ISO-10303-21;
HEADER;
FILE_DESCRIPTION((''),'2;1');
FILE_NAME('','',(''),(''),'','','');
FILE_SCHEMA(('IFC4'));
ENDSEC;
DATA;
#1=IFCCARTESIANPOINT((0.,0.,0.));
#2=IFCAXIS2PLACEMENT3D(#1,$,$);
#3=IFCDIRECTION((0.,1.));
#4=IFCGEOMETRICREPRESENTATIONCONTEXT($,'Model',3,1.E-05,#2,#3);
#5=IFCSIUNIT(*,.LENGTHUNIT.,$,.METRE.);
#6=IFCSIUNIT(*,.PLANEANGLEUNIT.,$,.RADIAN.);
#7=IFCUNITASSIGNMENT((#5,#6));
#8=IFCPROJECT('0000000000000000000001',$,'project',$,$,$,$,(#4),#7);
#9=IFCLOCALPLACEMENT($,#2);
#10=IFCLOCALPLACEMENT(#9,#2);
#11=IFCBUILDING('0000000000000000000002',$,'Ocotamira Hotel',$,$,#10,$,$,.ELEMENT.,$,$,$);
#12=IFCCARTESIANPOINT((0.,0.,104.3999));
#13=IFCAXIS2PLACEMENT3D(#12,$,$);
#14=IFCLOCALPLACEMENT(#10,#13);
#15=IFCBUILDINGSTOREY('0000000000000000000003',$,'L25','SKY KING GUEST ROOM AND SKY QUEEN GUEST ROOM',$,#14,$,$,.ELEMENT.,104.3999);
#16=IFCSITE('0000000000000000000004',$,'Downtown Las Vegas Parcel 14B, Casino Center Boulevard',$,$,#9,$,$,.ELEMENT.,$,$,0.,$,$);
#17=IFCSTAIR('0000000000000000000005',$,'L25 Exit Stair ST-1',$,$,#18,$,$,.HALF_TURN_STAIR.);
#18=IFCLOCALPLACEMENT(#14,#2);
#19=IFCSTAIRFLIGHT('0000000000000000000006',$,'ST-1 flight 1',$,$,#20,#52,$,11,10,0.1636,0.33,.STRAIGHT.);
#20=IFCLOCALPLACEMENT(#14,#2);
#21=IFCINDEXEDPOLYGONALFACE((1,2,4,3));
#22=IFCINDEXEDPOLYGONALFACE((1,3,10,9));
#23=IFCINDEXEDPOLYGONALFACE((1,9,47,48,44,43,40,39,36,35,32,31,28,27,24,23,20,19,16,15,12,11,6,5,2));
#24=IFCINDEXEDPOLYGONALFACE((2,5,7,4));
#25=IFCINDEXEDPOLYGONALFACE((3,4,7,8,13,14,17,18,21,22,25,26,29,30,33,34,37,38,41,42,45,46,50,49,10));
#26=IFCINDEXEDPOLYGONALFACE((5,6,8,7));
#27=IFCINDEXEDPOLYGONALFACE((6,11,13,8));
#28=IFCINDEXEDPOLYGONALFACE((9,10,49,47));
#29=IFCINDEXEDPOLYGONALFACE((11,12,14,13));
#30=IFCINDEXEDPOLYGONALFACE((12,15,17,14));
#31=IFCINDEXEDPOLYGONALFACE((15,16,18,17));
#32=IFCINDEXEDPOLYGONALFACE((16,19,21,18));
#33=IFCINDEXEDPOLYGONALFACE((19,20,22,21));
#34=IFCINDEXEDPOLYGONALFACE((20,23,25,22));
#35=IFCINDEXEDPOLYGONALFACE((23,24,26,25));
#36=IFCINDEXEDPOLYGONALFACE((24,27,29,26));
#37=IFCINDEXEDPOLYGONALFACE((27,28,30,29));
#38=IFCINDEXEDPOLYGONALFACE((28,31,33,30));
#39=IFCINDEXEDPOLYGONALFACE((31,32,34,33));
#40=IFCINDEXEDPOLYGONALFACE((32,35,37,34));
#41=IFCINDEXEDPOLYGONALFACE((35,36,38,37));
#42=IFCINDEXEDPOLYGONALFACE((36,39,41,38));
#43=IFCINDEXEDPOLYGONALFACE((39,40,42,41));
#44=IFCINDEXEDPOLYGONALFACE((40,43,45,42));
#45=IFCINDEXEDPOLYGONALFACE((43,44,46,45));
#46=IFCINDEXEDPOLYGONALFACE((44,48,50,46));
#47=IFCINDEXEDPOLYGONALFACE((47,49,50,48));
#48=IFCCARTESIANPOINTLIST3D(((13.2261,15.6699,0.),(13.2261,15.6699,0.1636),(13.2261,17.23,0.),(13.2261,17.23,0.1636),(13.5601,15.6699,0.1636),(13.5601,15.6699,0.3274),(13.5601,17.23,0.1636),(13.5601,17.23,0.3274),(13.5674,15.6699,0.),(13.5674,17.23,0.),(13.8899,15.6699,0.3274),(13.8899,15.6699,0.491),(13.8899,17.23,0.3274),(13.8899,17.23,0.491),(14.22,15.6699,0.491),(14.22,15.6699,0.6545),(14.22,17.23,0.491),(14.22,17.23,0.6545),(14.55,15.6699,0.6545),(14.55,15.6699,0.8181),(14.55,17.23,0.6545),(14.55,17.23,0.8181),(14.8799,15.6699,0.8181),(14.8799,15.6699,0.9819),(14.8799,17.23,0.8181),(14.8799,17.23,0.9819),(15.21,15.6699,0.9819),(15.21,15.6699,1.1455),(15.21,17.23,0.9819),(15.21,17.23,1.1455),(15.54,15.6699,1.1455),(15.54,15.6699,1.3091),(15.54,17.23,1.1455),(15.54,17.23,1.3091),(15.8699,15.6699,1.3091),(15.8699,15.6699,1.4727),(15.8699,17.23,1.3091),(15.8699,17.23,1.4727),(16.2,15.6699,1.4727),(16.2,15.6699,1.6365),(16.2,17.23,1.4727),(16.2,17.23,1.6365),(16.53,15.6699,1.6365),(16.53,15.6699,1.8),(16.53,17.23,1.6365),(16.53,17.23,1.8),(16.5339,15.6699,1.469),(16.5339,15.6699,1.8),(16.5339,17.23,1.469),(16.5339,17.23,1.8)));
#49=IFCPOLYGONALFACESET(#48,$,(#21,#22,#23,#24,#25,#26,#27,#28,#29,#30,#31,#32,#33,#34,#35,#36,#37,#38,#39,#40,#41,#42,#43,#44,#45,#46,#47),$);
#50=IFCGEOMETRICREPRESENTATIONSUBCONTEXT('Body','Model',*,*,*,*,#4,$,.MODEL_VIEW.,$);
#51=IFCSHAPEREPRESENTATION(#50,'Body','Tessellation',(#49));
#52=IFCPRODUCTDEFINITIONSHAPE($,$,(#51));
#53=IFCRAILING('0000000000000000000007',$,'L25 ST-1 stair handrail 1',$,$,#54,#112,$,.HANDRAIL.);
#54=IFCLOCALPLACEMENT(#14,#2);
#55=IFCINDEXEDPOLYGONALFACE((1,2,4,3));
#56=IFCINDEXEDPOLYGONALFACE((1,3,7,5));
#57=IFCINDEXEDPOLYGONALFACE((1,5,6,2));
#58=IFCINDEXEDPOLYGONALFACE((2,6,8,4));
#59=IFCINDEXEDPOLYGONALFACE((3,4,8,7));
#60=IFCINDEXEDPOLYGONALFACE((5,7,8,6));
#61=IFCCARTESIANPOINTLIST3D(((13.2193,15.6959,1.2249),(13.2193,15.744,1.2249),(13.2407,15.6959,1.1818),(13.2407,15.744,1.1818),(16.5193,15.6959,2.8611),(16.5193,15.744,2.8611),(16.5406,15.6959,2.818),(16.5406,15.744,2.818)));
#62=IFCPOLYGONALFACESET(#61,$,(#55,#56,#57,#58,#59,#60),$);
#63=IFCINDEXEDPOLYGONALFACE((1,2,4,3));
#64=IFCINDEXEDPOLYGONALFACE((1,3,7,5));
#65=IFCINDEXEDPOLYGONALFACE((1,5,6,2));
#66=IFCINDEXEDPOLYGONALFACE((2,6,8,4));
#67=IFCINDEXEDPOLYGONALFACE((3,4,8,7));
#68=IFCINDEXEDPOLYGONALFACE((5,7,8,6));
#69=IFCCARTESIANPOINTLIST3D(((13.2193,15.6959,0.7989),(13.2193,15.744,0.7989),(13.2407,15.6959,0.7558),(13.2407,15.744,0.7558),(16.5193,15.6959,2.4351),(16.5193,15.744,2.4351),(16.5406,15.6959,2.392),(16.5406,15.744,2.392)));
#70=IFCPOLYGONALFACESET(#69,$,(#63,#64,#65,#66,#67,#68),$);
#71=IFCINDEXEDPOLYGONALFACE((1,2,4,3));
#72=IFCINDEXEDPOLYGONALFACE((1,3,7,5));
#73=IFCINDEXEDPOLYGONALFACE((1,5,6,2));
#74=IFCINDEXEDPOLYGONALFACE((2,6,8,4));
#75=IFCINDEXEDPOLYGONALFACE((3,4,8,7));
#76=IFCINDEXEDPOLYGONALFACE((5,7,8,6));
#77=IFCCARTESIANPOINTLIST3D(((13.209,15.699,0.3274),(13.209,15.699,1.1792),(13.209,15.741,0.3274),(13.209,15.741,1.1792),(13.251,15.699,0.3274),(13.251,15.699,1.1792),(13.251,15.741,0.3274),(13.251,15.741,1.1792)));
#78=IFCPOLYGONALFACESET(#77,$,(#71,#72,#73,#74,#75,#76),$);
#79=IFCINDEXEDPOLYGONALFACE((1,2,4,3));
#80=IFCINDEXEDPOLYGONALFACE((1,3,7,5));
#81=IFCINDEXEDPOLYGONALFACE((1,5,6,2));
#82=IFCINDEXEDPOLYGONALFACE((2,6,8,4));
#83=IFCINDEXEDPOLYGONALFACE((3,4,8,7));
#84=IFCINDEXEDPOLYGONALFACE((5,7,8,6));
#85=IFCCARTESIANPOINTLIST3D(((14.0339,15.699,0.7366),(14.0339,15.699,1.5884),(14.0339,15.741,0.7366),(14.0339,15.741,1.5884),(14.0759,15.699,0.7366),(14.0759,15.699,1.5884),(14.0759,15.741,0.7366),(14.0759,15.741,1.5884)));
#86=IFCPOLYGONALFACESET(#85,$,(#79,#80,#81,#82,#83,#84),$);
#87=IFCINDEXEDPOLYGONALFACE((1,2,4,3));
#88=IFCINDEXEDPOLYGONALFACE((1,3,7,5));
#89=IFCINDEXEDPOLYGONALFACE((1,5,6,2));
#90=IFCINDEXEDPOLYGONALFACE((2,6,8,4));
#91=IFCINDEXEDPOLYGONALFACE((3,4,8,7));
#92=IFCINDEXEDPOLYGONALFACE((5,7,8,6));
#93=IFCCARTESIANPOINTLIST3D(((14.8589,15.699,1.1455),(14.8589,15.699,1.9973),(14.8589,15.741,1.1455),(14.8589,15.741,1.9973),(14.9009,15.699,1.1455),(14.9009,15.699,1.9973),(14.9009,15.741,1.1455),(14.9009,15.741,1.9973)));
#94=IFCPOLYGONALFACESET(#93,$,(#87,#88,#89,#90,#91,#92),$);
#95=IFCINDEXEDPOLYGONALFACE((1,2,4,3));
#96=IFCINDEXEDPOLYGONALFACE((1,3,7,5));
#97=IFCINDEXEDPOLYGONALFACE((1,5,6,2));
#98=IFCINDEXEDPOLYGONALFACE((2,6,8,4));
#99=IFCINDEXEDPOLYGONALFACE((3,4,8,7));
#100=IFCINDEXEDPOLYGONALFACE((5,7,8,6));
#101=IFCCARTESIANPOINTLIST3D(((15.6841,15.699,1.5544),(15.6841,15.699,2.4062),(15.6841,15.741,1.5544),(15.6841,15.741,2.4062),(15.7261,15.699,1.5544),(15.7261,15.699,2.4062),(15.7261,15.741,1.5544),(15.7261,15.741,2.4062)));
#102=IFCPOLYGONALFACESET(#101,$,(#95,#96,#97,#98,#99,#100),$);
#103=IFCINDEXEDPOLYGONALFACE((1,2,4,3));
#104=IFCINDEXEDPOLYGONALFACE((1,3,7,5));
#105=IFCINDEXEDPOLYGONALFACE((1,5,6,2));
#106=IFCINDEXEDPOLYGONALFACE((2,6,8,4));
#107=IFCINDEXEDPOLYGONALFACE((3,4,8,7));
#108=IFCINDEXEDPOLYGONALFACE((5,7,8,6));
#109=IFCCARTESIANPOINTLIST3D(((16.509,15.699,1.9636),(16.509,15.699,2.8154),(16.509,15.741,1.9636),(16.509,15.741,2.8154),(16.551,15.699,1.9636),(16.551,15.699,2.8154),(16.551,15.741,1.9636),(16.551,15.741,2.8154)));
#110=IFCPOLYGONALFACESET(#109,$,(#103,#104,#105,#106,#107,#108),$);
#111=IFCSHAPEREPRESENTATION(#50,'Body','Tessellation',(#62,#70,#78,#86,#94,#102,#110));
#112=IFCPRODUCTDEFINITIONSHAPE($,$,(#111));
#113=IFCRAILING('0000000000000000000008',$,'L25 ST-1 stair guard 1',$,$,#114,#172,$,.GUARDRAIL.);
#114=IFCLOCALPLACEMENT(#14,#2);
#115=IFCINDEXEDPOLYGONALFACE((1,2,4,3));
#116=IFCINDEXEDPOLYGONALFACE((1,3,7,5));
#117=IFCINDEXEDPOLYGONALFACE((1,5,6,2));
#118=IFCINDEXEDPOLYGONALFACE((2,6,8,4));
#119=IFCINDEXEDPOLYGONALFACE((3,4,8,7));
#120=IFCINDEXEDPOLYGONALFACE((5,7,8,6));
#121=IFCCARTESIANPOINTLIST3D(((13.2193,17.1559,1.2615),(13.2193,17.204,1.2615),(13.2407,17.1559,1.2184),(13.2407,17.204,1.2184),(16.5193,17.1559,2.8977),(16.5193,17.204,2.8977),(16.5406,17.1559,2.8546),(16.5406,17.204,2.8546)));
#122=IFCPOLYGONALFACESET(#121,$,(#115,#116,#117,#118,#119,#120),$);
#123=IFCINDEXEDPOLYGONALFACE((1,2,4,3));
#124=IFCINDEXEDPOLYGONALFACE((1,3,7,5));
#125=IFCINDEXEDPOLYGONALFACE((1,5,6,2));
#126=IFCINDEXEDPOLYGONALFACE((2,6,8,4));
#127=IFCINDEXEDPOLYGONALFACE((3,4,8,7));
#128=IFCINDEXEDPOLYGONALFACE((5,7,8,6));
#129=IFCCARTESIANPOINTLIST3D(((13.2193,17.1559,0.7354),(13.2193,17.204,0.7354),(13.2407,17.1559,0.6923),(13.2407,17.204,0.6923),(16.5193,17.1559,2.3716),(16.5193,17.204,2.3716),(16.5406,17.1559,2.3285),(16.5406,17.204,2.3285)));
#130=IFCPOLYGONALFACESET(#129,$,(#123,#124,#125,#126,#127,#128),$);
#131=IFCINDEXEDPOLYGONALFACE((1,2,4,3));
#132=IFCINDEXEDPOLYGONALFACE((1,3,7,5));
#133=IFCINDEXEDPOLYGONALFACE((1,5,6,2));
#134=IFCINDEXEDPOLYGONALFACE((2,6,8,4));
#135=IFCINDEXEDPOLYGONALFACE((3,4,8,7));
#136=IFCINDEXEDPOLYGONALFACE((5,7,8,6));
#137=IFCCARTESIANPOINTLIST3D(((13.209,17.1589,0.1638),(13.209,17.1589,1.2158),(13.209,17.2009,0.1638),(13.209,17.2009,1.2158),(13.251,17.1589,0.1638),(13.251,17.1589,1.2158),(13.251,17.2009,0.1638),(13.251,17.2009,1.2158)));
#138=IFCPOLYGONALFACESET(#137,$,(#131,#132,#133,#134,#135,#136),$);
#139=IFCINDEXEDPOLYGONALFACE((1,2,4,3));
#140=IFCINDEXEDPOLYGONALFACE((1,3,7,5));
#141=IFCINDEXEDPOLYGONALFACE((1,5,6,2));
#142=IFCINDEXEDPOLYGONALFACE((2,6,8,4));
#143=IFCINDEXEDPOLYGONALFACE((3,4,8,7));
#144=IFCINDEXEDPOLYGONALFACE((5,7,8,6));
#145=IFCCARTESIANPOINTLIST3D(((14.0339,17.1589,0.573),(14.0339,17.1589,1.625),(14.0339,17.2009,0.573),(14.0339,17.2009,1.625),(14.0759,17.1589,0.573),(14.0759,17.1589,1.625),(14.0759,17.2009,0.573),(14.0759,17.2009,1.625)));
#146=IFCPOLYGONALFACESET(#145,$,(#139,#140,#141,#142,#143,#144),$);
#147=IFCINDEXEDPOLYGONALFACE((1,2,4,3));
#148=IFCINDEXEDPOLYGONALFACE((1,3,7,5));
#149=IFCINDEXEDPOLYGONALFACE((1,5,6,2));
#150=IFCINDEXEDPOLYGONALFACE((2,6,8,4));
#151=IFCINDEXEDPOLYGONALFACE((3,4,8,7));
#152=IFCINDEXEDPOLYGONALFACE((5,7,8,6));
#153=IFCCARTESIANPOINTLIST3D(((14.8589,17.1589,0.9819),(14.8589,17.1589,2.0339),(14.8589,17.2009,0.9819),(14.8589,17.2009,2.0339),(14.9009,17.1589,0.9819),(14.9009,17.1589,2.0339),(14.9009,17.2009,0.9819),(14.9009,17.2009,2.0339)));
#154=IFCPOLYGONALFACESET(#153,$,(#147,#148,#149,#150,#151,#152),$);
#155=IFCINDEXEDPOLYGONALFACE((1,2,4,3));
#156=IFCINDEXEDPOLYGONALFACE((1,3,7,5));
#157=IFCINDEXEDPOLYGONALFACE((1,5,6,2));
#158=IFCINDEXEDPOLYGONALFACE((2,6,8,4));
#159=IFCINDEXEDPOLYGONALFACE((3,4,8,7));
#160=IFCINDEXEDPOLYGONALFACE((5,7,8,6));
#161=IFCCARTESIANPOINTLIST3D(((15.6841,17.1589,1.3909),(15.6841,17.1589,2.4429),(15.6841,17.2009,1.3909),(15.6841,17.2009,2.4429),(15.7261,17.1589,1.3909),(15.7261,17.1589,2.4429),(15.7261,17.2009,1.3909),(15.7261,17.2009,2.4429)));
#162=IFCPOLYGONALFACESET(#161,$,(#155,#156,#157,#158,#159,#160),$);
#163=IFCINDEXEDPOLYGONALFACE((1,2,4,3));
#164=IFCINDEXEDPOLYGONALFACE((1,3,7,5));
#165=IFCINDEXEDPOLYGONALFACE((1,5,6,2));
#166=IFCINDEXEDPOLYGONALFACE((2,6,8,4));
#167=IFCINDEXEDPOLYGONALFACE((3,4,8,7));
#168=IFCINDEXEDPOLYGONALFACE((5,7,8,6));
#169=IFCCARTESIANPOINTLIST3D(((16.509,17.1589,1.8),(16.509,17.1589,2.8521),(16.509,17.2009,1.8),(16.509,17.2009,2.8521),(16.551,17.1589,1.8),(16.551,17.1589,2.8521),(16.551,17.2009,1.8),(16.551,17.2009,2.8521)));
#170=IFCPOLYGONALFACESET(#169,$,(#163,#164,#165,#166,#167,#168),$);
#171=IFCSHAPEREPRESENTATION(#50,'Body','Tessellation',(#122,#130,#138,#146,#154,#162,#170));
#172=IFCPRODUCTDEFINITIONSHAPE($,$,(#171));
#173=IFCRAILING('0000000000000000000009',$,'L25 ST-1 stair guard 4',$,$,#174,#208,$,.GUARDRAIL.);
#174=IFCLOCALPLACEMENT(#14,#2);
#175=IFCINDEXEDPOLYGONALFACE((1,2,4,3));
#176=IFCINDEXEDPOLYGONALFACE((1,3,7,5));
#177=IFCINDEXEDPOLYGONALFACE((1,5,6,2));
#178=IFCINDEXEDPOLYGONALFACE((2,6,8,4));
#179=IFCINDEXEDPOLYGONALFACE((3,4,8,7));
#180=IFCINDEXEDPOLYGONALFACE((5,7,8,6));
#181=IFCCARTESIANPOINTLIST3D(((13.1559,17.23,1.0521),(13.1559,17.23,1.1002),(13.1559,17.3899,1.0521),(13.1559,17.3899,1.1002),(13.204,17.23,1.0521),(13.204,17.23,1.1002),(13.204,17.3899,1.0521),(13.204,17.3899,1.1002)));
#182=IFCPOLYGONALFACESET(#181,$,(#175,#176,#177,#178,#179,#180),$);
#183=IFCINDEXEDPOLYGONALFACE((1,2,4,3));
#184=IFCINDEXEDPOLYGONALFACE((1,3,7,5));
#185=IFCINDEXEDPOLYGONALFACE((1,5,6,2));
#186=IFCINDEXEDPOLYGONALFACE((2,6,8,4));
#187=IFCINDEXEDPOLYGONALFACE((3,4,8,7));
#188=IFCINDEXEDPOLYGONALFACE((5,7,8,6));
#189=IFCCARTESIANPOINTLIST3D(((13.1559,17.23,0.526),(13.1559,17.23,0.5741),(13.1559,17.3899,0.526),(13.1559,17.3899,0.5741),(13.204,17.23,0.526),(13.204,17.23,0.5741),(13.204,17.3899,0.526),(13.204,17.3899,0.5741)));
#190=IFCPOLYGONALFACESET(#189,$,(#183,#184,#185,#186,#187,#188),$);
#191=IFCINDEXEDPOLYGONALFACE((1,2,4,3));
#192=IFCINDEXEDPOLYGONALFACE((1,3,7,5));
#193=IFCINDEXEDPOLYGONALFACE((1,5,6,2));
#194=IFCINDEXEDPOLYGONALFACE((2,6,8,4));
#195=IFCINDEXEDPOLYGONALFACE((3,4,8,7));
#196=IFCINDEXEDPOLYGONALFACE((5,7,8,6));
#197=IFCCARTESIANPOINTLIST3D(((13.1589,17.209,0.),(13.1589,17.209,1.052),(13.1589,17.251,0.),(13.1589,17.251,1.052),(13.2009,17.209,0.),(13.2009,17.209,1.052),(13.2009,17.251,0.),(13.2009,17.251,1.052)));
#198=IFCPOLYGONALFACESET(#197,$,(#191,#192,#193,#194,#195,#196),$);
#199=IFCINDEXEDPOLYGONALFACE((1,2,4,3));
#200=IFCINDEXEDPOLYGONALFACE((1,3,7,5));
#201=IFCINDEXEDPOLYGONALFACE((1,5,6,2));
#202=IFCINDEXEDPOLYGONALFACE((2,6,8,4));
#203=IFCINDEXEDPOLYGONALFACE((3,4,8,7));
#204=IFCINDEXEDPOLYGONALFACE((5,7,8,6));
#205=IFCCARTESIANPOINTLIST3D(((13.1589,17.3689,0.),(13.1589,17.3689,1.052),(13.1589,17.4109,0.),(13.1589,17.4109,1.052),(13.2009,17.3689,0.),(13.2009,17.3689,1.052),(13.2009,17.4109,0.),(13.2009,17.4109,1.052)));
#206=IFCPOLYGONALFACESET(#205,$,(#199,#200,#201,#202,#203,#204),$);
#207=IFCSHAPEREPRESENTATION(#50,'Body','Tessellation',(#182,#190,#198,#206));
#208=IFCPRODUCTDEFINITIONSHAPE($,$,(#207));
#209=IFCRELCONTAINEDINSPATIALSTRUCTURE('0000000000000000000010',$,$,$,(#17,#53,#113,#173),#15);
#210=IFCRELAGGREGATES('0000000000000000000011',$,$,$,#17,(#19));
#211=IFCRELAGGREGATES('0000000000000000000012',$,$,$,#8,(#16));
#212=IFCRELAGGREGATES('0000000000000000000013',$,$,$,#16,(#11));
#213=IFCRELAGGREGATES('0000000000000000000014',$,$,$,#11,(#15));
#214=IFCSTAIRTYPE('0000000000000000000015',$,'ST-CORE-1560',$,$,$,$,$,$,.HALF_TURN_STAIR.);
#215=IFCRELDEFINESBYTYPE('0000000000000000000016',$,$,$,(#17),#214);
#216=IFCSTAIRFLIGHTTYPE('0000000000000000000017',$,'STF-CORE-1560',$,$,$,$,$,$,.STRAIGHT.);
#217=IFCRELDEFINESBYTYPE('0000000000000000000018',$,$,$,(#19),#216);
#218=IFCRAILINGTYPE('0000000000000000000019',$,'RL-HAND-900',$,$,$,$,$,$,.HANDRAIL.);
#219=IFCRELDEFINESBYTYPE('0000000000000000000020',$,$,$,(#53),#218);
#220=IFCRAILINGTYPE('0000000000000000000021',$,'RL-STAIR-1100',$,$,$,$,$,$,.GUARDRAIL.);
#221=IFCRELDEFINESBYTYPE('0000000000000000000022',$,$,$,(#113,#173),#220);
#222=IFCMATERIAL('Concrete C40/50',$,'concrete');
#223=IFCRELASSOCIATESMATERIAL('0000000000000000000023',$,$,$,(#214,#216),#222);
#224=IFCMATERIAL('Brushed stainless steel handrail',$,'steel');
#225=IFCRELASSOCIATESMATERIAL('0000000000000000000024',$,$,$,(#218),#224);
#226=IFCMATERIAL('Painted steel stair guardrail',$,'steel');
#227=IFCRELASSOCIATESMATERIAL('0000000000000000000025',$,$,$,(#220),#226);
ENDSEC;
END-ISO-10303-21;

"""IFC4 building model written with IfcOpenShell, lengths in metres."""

from ifc_helpers import new_model, si_unit, direction, frame, origin, origin_2d, place, context, subcontext, project, spatial, polyline, rectangle, outline, extrude, source, transform, mapped, material, type_object, element, aggregate, save


model = new_model("IFC4")

# Units and contexts
model_context = context("Model", 3, precision=1e-05, world=origin(), true_north=direction((0.0, 1.0)))
body_context = subcontext(model_context, "Body", "Model", "MODEL_VIEW")
ifc_project = project(units=[si_unit("LENGTHUNIT", "METRE"), si_unit("PLANEANGLEUNIT", "RADIAN")], contexts=[model_context])

# Site, building, storey
site_placement = place(None, origin())
site = spatial("IfcSite", under=ifc_project, at=site_placement, Name="Downtown Las Vegas Parcel 14B, Casino Center Boulevard", CompositionType="ELEMENT", RefElevation=0.0)
building_placement = place(site_placement, origin())
building = spatial("IfcBuilding", under=site, at=building_placement, Name="Ocotamira Hotel", CompositionType="ELEMENT")
storey_placement = place(building_placement, frame((0.0, 0.0, 104.3999)))
storey = spatial("IfcBuildingStorey", under=building, at=storey_placement, Name="L25", Description="SKY KING GUEST ROOM AND SKY QUEEN GUEST ROOM", CompositionType="ELEMENT", Elevation=104.3999)

# Stair, stair flight
ifc_material_1 = material(Name="Concrete C40/50", Category="concrete")
stair_type = type_object("IfcStairType", Name="ST-CORE-1560", PredefinedType="HALF_TURN_STAIR", material=ifc_material_1)
stair_placement = place(storey_placement, origin())
stair = element("IfcStair", 1, at=stair_placement, inside=storey, type_object=stair_type, Name="L25 Exit Stair ST-1", PredefinedType="HALF_TURN_STAIR")
stair_flight_type = type_object("IfcStairFlightType", Name="STF-CORE-1560", PredefinedType="STRAIGHT", material=ifc_material_1)
shared_shape_1 = source(origin(), body_context, "Body", "SweptSolid", [
    extrude(outline(polyline([(-0.0039, 0.0), (-0.0039, 0.1636), (0.3301, 0.1636), (0.3301, 0.3274), (0.6599, 0.3274), (0.6599, 0.491), (0.99, 0.491), (0.99, 0.6545), (1.3201, 0.6545), (1.3201, 0.8181), (1.6499, 0.8181), (1.6499, 0.9819), (1.98, 0.9819), (1.98, 1.1455), (2.3101, 1.1455), (2.3101, 1.3091), (2.6399, 1.3091), (2.6399, 1.4727), (2.97, 1.4727), (2.97, 1.6365), (3.3, 1.6365), (3.3, 1.8), (3.304, 1.8), (3.304, 1.469), (0.3374, 0.0), (-0.0039, 0.0)])), frame((0.0, 0.78, 0.0), z_axis=(0.0, -1.0, 0.0), x_axis=(1.0, 0.0, 0.0)), (0.0, 0.0, 1.0), 1.5601),
])
stair_flight_placement = place(storey_placement, frame((13.23, 16.45, 0.0), z_axis=(0.0, 0.0, 1.0), x_axis=(1.0, 0.0, 0.0)))
stair_flight = element("IfcStairFlight", 2, at=stair_flight_placement, type_object=stair_flight_type, Name="ST-1 flight 1", NumberOfRisers=11, NumberOfTreads=10, PredefinedType="STRAIGHT", RiserHeight=0.1636, TreadLength=0.33, context=body_context, shape_type="MappedRepresentation", body=[
    mapped(shared_shape_1, transform((0.0, 0.0, 0.0), scale=1.0)),
])
aggregate(stair, [stair_flight])

# Railings
ifc_material_2 = material(Name="Brushed stainless steel handrail", Category="steel")
railing_type_1 = type_object("IfcRailingType", Name="RL-HAND-900", PredefinedType="HANDRAIL", material=ifc_material_2)
railing_1_placement = place(storey_placement, frame((13.23, 15.72, 0.3274)))
element("IfcRailing", 3, at=railing_1_placement, inside=storey, type_object=railing_type_1, Name="L25 ST-1 stair handrail 1", PredefinedType="HANDRAIL", context=body_context, shape_type="SweptSolid", body=[
    extrude(rectangle(XDim=0.0481, YDim=0.0481, at=origin_2d()), frame((0.0, 0.0, 0.876), z_axis=(0.89592, 0.0, 0.444215), x_axis=(0.0, 1.0, 0.0)), (0.0, 0.0, 1.0), 3.6833),
    extrude(rectangle(XDim=0.0481, YDim=0.0481, at=origin_2d()), frame((0.0, 0.0, 0.45), z_axis=(0.89592, 0.0, 0.444215), x_axis=(0.0, 1.0, 0.0)), (0.0, 0.0, 1.0), 3.6833),
    extrude(rectangle(XDim=0.042, YDim=0.042, at=origin_2d()), origin(), (0.0, 0.0, 1.0), 0.8518),
    extrude(rectangle(XDim=0.042, YDim=0.042, at=origin_2d()), frame((0.825, 0.0, 0.4092)), (0.0, 0.0, 1.0), 0.8518),
    extrude(rectangle(XDim=0.042, YDim=0.042, at=origin_2d()), frame((1.6499, 0.0, 0.8181)), (0.0, 0.0, 1.0), 0.8518),
    extrude(rectangle(XDim=0.042, YDim=0.042, at=origin_2d()), frame((2.4751, 0.0, 1.2271)), (0.0, 0.0, 1.0), 0.8518),
    extrude(rectangle(XDim=0.042, YDim=0.042, at=origin_2d()), frame((3.3, 0.0, 1.6362)), (0.0, 0.0, 1.0), 0.8518),
])
ifc_material_3 = material(Name="Painted steel stair guardrail", Category="steel")
railing_type_2 = type_object("IfcRailingType", Name="RL-STAIR-1100", PredefinedType="GUARDRAIL", material=ifc_material_3)
railing_2_placement = place(storey_placement, frame((13.23, 17.1799, 0.1638)))
element("IfcRailing", 4, at=railing_2_placement, inside=storey, type_object=railing_type_2, Name="L25 ST-1 stair guard 1", PredefinedType="GUARDRAIL", context=body_context, shape_type="SweptSolid", body=[
    extrude(rectangle(XDim=0.0481, YDim=0.0481, at=origin_2d()), frame((0.0, 0.0, 1.0762), z_axis=(0.89592, 0.0, 0.444215), x_axis=(0.0, 1.0, 0.0)), (0.0, 0.0, 1.0), 3.6833),
    extrude(rectangle(XDim=0.0481, YDim=0.0481, at=origin_2d()), frame((0.0, 0.0, 0.55), z_axis=(0.89592, 0.0, 0.444215), x_axis=(0.0, 1.0, 0.0)), (0.0, 0.0, 1.0), 3.6833),
    extrude(rectangle(XDim=0.042, YDim=0.042, at=origin_2d()), origin(), (0.0, 0.0, 1.0), 1.052),
    extrude(rectangle(XDim=0.042, YDim=0.042, at=origin_2d()), frame((0.825, 0.0, 0.4092)), (0.0, 0.0, 1.0), 1.052),
    extrude(rectangle(XDim=0.042, YDim=0.042, at=origin_2d()), frame((1.6499, 0.0, 0.8181)), (0.0, 0.0, 1.0), 1.052),
    extrude(rectangle(XDim=0.042, YDim=0.042, at=origin_2d()), frame((2.4751, 0.0, 1.2271)), (0.0, 0.0, 1.0), 1.052),
    extrude(rectangle(XDim=0.042, YDim=0.042, at=origin_2d()), frame((3.3, 0.0, 1.6362)), (0.0, 0.0, 1.0), 1.052),
])
railing_3_placement = place(storey_placement, frame((13.1799, 17.23, 0.0)))
element("IfcRailing", 5, at=railing_3_placement, inside=storey, type_object=railing_type_2, Name="L25 ST-1 stair guard 4", PredefinedType="GUARDRAIL", context=body_context, shape_type="SweptSolid", body=[
    extrude(rectangle(XDim=0.0481, YDim=0.0481, at=origin_2d()), frame((0.0, 0.0, 1.0762), z_axis=(0.0, 1.0, 0.0), x_axis=(-1.0, 0.0, 0.0)), (0.0, 0.0, 1.0), 0.1599),
    extrude(rectangle(XDim=0.0481, YDim=0.0481, at=origin_2d()), frame((0.0, 0.0, 0.55), z_axis=(0.0, 1.0, 0.0), x_axis=(-1.0, 0.0, 0.0)), (0.0, 0.0, 1.0), 0.1599),
    extrude(rectangle(XDim=0.042, YDim=0.042, at=origin_2d()), origin(), (0.0, 0.0, 1.0), 1.052),
    extrude(rectangle(XDim=0.042, YDim=0.042, at=origin_2d()), frame((0.0, 0.1599, 0.0)), (0.0, 0.0, 1.0), 1.052),
])

save(model, "model.ifc")
